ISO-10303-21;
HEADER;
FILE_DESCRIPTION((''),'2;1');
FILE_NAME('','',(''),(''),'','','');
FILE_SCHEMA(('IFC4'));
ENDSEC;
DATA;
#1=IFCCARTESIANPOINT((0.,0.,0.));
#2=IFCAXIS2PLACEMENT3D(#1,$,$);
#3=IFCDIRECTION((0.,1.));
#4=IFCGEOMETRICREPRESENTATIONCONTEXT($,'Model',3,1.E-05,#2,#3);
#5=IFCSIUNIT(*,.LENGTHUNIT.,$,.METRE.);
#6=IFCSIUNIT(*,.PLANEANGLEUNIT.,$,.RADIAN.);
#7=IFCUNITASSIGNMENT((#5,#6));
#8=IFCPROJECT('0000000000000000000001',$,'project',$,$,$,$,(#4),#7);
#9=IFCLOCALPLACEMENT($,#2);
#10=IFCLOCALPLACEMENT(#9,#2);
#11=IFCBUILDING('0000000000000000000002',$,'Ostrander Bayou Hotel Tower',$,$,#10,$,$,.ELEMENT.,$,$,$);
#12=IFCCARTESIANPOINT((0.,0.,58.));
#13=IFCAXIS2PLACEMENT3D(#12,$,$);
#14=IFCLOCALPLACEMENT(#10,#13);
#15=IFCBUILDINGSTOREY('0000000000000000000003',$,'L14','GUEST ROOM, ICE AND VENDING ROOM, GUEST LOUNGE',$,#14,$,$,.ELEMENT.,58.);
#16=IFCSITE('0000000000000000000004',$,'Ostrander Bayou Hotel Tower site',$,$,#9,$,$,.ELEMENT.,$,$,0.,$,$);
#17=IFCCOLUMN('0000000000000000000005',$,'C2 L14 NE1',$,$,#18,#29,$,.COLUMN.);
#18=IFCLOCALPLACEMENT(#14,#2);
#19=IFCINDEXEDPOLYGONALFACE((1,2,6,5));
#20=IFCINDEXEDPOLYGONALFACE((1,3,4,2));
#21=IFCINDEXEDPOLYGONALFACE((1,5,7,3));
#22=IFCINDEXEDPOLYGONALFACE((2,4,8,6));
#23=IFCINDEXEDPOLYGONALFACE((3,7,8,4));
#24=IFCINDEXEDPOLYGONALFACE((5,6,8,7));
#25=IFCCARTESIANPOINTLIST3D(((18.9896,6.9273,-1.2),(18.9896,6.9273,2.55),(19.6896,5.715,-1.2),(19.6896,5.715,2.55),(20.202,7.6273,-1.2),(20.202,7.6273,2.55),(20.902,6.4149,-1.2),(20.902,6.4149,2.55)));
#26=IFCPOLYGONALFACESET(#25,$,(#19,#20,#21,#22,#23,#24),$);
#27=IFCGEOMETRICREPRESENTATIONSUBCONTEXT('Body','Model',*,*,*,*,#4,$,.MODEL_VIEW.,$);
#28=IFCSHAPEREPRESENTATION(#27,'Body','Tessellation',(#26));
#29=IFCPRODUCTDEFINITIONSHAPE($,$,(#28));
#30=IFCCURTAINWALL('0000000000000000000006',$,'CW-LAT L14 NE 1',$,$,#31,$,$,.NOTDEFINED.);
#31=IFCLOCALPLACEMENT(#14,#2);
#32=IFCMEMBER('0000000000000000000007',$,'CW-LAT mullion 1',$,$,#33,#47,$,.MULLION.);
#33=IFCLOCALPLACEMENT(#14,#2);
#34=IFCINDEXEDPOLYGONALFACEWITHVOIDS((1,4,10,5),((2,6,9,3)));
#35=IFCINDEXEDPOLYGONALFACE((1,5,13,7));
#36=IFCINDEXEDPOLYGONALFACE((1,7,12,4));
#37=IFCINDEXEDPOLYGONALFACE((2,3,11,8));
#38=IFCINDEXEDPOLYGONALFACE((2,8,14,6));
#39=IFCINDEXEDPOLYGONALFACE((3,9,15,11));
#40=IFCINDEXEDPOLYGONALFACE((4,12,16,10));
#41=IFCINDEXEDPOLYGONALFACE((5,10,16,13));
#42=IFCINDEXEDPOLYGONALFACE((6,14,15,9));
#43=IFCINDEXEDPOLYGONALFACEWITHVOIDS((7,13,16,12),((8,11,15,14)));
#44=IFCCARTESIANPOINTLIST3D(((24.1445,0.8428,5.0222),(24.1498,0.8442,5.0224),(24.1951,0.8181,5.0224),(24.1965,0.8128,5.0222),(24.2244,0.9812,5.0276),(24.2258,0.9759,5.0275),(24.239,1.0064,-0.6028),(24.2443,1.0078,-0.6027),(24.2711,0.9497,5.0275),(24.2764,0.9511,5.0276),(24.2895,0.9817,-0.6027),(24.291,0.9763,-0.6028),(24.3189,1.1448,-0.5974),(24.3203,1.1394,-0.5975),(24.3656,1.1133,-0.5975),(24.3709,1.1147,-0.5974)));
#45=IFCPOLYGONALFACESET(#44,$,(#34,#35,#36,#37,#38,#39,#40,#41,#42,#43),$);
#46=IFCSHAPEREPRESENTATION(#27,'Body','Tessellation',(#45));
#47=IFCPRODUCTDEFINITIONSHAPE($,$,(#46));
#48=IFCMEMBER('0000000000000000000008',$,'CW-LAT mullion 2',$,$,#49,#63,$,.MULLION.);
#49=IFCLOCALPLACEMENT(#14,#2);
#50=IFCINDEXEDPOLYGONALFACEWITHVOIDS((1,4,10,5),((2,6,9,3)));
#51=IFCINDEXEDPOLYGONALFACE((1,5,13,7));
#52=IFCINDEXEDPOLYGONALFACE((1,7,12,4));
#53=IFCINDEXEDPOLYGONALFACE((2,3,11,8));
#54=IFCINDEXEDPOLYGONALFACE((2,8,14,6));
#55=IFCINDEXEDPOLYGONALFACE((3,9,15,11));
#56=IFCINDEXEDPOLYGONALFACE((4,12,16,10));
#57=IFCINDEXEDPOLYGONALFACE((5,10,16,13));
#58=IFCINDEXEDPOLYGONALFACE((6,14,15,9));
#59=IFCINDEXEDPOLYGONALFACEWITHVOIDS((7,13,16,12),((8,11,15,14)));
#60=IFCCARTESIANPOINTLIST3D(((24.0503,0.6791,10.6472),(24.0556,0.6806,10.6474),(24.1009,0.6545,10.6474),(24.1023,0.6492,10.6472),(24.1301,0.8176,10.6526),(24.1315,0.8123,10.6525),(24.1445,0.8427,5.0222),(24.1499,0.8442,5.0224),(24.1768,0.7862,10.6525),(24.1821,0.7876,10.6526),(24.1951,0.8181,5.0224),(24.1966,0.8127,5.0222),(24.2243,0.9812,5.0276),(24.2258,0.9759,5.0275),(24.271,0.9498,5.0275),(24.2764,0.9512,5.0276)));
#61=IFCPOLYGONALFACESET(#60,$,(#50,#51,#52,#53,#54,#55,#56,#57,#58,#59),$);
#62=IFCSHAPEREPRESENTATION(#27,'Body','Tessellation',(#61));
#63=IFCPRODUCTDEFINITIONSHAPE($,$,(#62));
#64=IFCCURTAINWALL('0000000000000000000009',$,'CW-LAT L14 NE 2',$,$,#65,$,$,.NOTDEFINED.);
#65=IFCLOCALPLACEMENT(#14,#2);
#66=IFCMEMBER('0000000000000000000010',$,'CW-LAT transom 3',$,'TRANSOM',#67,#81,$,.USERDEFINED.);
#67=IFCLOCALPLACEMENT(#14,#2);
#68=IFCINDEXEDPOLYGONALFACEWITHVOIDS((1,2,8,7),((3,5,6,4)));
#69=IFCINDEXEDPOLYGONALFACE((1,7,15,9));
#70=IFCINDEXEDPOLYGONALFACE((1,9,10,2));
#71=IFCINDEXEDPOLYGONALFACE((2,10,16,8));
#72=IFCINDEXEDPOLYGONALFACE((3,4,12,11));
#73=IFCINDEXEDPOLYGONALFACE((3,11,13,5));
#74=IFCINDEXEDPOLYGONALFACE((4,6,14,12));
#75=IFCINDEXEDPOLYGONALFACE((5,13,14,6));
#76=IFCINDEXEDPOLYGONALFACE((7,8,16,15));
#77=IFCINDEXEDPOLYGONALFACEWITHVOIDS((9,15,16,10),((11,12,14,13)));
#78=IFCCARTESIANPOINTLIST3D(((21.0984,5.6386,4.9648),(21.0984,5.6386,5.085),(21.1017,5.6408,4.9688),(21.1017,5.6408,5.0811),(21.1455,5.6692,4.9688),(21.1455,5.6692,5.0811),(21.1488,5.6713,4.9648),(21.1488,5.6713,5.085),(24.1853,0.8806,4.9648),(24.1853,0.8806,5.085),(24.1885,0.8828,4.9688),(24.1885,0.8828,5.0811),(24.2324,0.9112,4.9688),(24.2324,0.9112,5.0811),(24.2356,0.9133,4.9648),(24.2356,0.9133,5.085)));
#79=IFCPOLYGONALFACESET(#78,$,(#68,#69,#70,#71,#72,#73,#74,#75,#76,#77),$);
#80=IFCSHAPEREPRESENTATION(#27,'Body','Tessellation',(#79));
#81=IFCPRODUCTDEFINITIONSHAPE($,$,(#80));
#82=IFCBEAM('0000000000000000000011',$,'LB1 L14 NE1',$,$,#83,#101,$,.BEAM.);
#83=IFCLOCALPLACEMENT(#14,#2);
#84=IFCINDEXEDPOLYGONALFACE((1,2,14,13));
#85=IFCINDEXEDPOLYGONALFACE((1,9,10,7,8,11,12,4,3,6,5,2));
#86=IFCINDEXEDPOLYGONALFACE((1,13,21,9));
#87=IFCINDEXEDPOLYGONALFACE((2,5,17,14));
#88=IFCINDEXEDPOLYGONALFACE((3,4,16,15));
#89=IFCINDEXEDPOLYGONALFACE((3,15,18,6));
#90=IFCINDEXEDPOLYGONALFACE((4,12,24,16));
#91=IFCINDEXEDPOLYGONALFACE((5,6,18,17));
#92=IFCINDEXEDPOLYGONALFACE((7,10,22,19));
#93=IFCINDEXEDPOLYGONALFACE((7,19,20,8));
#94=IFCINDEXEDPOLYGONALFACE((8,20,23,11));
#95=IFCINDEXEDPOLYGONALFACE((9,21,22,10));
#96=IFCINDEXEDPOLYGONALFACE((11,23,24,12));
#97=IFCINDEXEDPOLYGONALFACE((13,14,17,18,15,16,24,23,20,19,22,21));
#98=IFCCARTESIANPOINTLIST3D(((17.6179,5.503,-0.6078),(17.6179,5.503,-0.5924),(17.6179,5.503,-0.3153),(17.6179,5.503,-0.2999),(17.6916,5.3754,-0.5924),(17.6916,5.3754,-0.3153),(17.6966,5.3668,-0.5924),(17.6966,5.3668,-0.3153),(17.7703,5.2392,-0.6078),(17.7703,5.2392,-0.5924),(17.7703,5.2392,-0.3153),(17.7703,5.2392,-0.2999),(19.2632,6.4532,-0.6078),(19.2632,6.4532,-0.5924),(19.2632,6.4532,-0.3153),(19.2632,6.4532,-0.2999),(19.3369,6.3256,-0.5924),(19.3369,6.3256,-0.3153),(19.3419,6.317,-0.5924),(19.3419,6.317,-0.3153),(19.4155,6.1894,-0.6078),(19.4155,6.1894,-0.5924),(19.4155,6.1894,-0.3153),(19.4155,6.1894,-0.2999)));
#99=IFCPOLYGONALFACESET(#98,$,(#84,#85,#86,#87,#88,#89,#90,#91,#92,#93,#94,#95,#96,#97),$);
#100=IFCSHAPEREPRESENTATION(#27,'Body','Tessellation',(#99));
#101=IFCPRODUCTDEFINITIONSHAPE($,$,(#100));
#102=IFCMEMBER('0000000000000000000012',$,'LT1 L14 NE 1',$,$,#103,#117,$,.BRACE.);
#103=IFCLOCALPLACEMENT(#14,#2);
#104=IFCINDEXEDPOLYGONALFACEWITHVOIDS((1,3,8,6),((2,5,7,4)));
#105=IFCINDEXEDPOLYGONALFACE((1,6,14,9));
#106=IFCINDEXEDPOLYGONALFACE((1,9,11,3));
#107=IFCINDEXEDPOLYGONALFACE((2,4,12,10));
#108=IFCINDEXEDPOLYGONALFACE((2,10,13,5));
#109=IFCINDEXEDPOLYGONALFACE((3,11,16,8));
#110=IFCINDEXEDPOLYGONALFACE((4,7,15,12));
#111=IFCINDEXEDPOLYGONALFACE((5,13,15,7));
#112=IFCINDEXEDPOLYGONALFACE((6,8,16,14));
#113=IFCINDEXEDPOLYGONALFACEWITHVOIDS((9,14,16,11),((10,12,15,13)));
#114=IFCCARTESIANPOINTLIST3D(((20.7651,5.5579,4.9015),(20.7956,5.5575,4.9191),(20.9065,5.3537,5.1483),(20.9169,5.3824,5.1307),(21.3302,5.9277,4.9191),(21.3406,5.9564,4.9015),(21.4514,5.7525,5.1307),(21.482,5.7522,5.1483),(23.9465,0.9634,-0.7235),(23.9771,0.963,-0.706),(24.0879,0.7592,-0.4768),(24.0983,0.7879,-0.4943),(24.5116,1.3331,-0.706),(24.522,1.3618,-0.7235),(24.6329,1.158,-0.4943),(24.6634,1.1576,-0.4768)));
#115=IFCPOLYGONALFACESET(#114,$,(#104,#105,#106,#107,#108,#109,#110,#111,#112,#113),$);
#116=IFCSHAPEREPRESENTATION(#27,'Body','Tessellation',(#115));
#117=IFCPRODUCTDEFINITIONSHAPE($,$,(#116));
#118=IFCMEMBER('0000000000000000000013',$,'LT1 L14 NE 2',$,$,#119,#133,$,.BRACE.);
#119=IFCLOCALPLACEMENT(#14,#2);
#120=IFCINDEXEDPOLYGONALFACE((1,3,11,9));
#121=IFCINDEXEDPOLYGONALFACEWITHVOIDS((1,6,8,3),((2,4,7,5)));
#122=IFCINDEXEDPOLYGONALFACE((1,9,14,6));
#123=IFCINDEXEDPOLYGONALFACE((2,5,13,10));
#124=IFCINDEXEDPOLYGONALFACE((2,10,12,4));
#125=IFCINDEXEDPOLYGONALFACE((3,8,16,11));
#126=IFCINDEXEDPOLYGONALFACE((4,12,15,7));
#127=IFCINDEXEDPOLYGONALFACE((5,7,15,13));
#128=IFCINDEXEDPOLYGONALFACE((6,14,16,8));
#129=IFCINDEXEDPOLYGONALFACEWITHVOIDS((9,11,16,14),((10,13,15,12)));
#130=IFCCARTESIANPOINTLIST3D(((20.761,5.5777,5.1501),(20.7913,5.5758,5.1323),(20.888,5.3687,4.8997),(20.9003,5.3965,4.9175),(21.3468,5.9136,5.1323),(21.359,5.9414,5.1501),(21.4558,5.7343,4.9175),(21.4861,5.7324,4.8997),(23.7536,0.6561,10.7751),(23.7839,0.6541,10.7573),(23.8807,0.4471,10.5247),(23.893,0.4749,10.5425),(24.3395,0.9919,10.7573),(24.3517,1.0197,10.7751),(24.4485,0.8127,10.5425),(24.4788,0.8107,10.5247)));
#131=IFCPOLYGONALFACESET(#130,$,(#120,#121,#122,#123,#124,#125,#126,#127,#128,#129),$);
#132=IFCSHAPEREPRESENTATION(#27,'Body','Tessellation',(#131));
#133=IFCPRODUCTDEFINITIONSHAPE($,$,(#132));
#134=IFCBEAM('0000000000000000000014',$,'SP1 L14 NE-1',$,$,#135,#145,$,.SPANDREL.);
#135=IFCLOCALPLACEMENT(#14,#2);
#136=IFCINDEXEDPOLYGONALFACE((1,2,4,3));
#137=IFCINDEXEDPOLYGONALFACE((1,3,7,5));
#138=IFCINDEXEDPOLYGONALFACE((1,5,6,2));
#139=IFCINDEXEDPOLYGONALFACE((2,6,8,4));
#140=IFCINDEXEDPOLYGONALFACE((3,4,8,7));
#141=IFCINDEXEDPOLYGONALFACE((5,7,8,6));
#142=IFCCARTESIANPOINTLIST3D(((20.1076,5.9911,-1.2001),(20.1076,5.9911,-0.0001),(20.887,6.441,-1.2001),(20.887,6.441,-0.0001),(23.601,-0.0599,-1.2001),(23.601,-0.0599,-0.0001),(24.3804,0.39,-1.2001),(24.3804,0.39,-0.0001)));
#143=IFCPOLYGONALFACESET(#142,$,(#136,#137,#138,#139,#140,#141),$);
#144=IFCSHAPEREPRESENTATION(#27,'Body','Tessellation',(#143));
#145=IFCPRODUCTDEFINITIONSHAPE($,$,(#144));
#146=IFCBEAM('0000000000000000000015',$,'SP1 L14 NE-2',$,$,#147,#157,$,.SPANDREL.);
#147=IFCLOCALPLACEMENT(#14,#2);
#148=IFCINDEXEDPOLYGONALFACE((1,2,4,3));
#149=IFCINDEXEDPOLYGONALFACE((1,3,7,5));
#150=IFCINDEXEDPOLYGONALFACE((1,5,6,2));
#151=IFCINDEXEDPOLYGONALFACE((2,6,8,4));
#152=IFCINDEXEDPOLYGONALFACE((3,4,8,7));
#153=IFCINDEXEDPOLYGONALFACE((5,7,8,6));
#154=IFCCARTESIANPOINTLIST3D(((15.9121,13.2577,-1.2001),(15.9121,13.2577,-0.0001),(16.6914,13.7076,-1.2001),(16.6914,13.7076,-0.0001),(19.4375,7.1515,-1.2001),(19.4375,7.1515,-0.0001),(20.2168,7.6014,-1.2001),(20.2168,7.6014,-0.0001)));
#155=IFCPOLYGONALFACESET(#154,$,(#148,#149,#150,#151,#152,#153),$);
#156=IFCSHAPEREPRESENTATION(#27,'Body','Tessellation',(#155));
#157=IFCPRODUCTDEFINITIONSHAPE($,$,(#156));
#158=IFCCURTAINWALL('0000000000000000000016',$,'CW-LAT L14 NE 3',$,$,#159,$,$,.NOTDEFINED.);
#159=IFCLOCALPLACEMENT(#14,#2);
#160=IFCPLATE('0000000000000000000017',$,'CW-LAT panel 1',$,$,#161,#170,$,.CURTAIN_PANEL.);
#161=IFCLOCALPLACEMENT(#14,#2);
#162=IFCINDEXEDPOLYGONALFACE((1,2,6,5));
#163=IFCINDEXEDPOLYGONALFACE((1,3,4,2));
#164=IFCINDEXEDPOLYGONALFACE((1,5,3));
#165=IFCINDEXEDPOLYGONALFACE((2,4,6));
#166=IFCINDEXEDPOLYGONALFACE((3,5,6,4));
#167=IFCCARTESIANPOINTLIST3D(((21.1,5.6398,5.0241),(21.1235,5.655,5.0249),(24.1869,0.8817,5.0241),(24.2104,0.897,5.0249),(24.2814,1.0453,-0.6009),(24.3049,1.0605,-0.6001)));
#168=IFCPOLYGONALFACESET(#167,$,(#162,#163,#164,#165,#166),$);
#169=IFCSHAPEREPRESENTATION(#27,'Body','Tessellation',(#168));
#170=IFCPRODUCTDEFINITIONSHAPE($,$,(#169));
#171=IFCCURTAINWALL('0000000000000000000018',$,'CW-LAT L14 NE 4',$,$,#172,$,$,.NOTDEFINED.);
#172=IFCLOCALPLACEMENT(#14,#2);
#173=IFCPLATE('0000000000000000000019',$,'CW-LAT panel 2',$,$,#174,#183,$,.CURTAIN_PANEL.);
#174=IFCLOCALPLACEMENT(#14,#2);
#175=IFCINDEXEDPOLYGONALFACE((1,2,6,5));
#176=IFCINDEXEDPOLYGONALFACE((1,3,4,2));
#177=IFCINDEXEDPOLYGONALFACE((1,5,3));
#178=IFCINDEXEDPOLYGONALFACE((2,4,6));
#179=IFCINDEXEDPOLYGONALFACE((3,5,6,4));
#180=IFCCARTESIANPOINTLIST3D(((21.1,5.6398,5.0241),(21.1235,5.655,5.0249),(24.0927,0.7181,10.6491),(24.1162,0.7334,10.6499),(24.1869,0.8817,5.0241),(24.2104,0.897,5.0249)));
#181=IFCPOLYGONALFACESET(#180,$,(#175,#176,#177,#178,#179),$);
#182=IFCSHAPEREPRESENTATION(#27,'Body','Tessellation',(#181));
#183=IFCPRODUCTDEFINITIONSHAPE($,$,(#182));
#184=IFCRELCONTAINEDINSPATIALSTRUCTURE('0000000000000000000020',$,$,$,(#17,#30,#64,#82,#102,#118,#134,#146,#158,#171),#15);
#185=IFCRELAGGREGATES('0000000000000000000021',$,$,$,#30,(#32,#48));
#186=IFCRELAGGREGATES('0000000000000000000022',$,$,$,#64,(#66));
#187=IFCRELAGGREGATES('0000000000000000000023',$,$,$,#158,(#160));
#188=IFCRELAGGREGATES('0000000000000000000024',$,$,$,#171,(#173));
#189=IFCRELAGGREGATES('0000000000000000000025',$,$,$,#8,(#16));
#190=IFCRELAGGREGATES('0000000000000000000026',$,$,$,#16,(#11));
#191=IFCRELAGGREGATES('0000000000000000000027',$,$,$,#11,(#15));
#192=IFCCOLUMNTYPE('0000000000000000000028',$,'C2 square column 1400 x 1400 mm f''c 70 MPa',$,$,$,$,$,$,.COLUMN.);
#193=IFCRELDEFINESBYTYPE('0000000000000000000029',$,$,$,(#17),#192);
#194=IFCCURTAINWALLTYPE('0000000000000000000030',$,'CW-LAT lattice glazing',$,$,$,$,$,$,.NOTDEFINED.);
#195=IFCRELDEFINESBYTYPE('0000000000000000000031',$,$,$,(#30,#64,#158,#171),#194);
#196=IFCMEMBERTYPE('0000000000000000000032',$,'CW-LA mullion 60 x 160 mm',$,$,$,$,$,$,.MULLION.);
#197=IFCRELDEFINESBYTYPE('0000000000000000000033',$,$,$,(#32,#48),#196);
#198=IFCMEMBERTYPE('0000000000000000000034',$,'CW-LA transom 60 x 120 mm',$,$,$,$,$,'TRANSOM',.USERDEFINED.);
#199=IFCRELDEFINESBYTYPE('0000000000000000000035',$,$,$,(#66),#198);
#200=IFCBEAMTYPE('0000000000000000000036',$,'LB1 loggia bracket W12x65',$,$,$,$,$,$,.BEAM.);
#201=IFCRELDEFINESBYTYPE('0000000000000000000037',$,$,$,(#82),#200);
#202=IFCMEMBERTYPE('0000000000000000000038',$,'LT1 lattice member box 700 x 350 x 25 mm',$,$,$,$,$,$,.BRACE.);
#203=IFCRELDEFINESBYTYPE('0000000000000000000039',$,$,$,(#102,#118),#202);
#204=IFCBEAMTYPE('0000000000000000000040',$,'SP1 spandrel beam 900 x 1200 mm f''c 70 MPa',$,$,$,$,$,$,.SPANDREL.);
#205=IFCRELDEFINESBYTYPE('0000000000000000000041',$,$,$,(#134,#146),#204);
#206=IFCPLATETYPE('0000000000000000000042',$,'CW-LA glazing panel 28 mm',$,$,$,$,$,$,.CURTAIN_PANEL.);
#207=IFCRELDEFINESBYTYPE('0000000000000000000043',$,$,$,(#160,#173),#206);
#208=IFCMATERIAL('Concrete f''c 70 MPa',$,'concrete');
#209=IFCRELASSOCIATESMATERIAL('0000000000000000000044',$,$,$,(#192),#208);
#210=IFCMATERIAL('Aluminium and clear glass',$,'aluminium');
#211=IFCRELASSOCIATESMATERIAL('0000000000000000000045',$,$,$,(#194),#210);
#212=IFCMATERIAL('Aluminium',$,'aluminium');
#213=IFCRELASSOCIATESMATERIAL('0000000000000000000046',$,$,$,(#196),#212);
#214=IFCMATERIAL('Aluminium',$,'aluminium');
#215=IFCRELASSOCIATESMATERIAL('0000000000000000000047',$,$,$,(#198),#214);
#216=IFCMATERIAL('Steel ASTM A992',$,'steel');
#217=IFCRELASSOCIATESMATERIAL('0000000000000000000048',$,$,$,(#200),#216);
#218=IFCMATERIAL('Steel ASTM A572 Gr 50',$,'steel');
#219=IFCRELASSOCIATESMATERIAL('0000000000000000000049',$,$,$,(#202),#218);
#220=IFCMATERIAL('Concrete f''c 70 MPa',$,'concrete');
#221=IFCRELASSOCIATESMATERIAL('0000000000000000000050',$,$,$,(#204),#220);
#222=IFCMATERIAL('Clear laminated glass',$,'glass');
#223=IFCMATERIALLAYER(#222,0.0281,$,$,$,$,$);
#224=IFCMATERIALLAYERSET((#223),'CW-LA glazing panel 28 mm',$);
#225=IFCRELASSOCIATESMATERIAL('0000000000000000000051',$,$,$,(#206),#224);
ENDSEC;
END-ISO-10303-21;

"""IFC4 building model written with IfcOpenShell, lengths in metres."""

from ifc_helpers import new_model, si_unit, direction, frame, origin, origin_2d, place, context, subcontext, project, spatial, polyline, rectangle, hollow_rectangle, i_section, outline, extrude, material, layer, layer_set, material_profile, profile_set, type_object, element, aggregate, save


model = new_model("IFC4")

# Units and contexts
model_context = context("Model", 3, precision=1e-05, world=origin(), true_north=direction((0.0, 1.0)))
body_context = subcontext(model_context, "Body", "Model", "MODEL_VIEW")
ifc_project = project(units=[si_unit("LENGTHUNIT", "METRE"), si_unit("PLANEANGLEUNIT", "RADIAN")], contexts=[model_context])

# Site, building, storey
site_placement = place(None, origin())
site = spatial("IfcSite", under=ifc_project, at=site_placement, Name="Ostrander Bayou Hotel Tower site", CompositionType="ELEMENT", RefElevation=0.0)
building_placement = place(site_placement, origin())
building = spatial("IfcBuilding", under=site, at=building_placement, Name="Ostrander Bayou Hotel Tower", CompositionType="ELEMENT")
storey_placement = place(building_placement, frame((0.0, 0.0, 58.0)))
storey = spatial("IfcBuildingStorey", under=building, at=storey_placement, Name="L14", Description="GUEST ROOM, ICE AND VENDING ROOM, GUEST LOUNGE", CompositionType="ELEMENT", Elevation=58.0)

# Column
ifc_material_1 = material(Name="Concrete f'c 70 MPa", Category="concrete")
ifc_material_profile_1 = material_profile(ifc_material_1, rectangle(XDim=1.3999, YDim=1.3999, at=origin_2d()))
ifc_profile_set_1 = profile_set([ifc_material_profile_1], Name="Concrete f'c 70 MPa")
column_type = type_object("IfcColumnType", Name="C2 square column 1400 x 1400 mm f'c 70 MPa", PredefinedType="COLUMN", material=ifc_profile_set_1)
column_placement = place(storey_placement, frame((19.9458, 6.6711, -1.2), z_axis=(0.0, 0.0, 1.0), x_axis=(0.5, -0.866025, 0.0)))
element("IfcColumn", 1, at=column_placement, inside=storey, type_object=column_type, Name="C2 L14 NE1", PredefinedType="COLUMN", context=body_context, shape_type="SweptSolid", body=[
    extrude(rectangle(XDim=1.3999, YDim=1.3999, at=origin_2d()), origin(), (0.0, 0.0, 1.0), 3.75),
])

# Curtain wall, members
ifc_material_2 = material(Name="Aluminium and clear glass", Category="aluminium")
curtain_wall_type = type_object("IfcCurtainWallType", Name="CW-LAT lattice glazing", PredefinedType="NOTDEFINED", material=ifc_material_2)
curtain_wall_1_placement = place(storey_placement, origin())
curtain_wall_1 = element("IfcCurtainWall", 2, at=curtain_wall_1_placement, inside=storey, type_object=curtain_wall_type, Name="CW-LAT L14 NE 1", PredefinedType="NOTDEFINED")
ifc_material_3 = material(Name="Aluminium", Category="aluminium")
ifc_material_profile_2 = material_profile(ifc_material_3, hollow_rectangle(XDim=0.0601, YDim=0.1599, WallThickness=0.0039, at=origin_2d()))
ifc_profile_set_2 = profile_set([ifc_material_profile_2], Name="Aluminium")
member_type_1 = type_object("IfcMemberType", Name="CW-LA mullion 60 x 160 mm", PredefinedType="MULLION", material=ifc_profile_set_2)
member_1_placement = place(storey_placement, frame((24.3049, 1.0605, -0.6001), z_axis=(-0.016787, -0.029063, 0.999437), x_axis=(0.865927, -0.50017, 0.0)))
member_1 = element("IfcMember", 3, at=member_1_placement, type_object=member_type_1, Name="CW-LAT mullion 1", PredefinedType="MULLION", context=body_context, shape_type="SweptSolid", body=[
    extrude(hollow_rectangle(XDim=0.0601, YDim=0.1599, WallThickness=0.0039, at=origin_2d()), origin(), (0.0, 0.0, 1.0), 5.6282),
])
member_2_placement = place(storey_placement, frame((24.2104, 0.897, 5.0249), z_axis=(-0.016744, -0.029063, 0.999437), x_axis=(0.866487, -0.4992, 0.0)))
member_2 = element("IfcMember", 4, at=member_2_placement, type_object=member_type_1, Name="CW-LAT mullion 2", PredefinedType="MULLION", context=body_context, shape_type="SweptSolid", body=[
    extrude(hollow_rectangle(XDim=0.0601, YDim=0.1599, WallThickness=0.0039, at=origin_2d()), origin(), (0.0, 0.0, 1.0), 5.6282),
])
aggregate(curtain_wall_1, [member_1, member_2])

# Curtain wall, member
curtain_wall_2_placement = place(storey_placement, origin())
curtain_wall_2 = element("IfcCurtainWall", 5, at=curtain_wall_2_placement, inside=storey, type_object=curtain_wall_type, Name="CW-LAT L14 NE 2", PredefinedType="NOTDEFINED")
ifc_material_4 = material(Name="Aluminium", Category="aluminium")
ifc_material_profile_3 = material_profile(ifc_material_4, hollow_rectangle(XDim=0.0601, YDim=0.1201, WallThickness=0.0039, at=origin_2d()))
ifc_profile_set_3 = profile_set([ifc_material_profile_3], Name="Aluminium")
member_type_2 = type_object("IfcMemberType", Name="CW-LA transom 60 x 120 mm", ElementType="TRANSOM", PredefinedType="USERDEFINED", material=ifc_profile_set_3)
member_3_placement = place(storey_placement, frame((24.2104, 0.897, 5.0249), z_axis=(-0.544266, 0.838912, 0.0), x_axis=(-0.838912, -0.544266, 0.0)))
member_3 = element("IfcMember", 6, at=member_3_placement, type_object=member_type_2, Name="CW-LAT transom 3", ObjectType="TRANSOM", PredefinedType="USERDEFINED", context=body_context, shape_type="SweptSolid", body=[
    extrude(hollow_rectangle(XDim=0.0601, YDim=0.1201, WallThickness=0.0039, at=origin_2d()), origin(), (0.0, 0.0, 1.0), 5.6716),
])
aggregate(curtain_wall_2, [member_3])

# Beam
ifc_material_5 = material(Name="Steel ASTM A992", Category="steel")
ifc_material_profile_4 = material_profile(ifc_material_5, i_section(OverallWidth=0.3047, OverallDepth=0.3079, WebThickness=0.01, FlangeThickness=0.0154, at=origin_2d()))
ifc_profile_set_4 = profile_set([ifc_material_profile_4], Name="Steel ASTM A992")
beam_type_1 = type_object("IfcBeamType", Name="LB1 loggia bracket W12x65", PredefinedType="BEAM", material=ifc_profile_set_4)
beam_1_placement = place(storey_placement, frame((19.3394, 6.3213, -0.4539), z_axis=(-0.865957, -0.500119, 0.0), x_axis=(0.500119, -0.865957, 0.0)))
element("IfcBeam", 7, at=beam_1_placement, inside=storey, type_object=beam_type_1, Name="LB1 L14 NE1", PredefinedType="BEAM", context=body_context, shape_type="SweptSolid", body=[
    extrude(i_section(OverallWidth=0.3047, OverallDepth=0.3079, WebThickness=0.01, FlangeThickness=0.0154, at=origin_2d()), origin(), (0.0, 0.0, 1.0), 1.8999),
])

# Members
ifc_material_6 = material(Name="Steel ASTM A572 Gr 50", Category="steel")
ifc_material_profile_5 = material_profile(ifc_material_6, hollow_rectangle(XDim=0.7, YDim=0.3501, WallThickness=0.0249, at=origin_2d()))
ifc_profile_set_5 = profile_set([ifc_material_profile_5], Name="Steel ASTM A572 Gr 50")
member_type_3 = type_object("IfcMemberType", Name="LT1 lattice member box 700 x 350 x 25 mm", PredefinedType="BRACE", material=ifc_profile_set_5)
member_4_placement = place(storey_placement, frame((21.1235, 5.655, 5.0249), z_axis=(0.401229, -0.579443, -0.709409), x_axis=(0.822142, 0.569283, 0.0)))
element("IfcMember", 8, at=member_4_placement, inside=storey, type_object=member_type_3, Name="LT1 L14 NE 1", PredefinedType="BRACE", context=body_context, shape_type="SweptSolid", body=[
    extrude(hollow_rectangle(XDim=0.7, YDim=0.3501, WallThickness=0.0249, at=origin_2d()), origin(), (0.0, 0.0, 1.0), 7.9292),
])
member_5_placement = place(storey_placement, frame((21.1235, 5.655, 5.0249), z_axis=(0.371713, -0.611304, 0.698668), x_axis=(0.854437, 0.519554, 0.0)))
element("IfcMember", 9, at=member_5_placement, inside=storey, type_object=member_type_3, Name="LT1 L14 NE 2", PredefinedType="BRACE", context=body_context, shape_type="SweptSolid", body=[
    extrude(hollow_rectangle(XDim=0.7, YDim=0.3501, WallThickness=0.0249, at=origin_2d()), origin(), (0.0, 0.0, 1.0), 8.051),
])

# Beams
ifc_material_7 = material(Name="Concrete f'c 70 MPa", Category="concrete")
ifc_material_profile_6 = material_profile(ifc_material_7, rectangle(XDim=0.8999, YDim=1.2, at=origin_2d()))
ifc_profile_set_6 = profile_set([ifc_material_profile_6], Name="Concrete f'c 70 MPa")
beam_type_2 = type_object("IfcBeamType", Name="SP1 spandrel beam 900 x 1200 mm f'c 70 MPa", PredefinedType="SPANDREL", material=ifc_profile_set_6)
beam_2_placement = place(storey_placement, frame((23.9907, 0.165, -0.6001), z_axis=(-0.499984, 0.866035, 0.0), x_axis=(-0.866035, -0.499984, 0.0)))
element("IfcBeam", 10, at=beam_2_placement, inside=storey, type_object=beam_type_2, Name="SP1 L14 NE-1", PredefinedType="SPANDREL", context=body_context, shape_type="SweptSolid", body=[
    extrude(rectangle(XDim=0.8999, YDim=1.2, at=origin_2d()), origin(), (0.0, 0.0, 1.0), 6.9871),
])
beam_3_placement = place(storey_placement, frame((19.8271, 7.3765, -0.6001), z_axis=(-0.499997, 0.866027, 0.0), x_axis=(-0.866027, -0.499997, 0.0)))
element("IfcBeam", 11, at=beam_3_placement, inside=storey, type_object=beam_type_2, Name="SP1 L14 NE-2", PredefinedType="SPANDREL", context=body_context, shape_type="SweptSolid", body=[
    extrude(rectangle(XDim=0.8999, YDim=1.2, at=origin_2d()), origin(), (0.0, 0.0, 1.0), 7.0508),
])

# Curtain walls, plates
curtain_wall_3_placement = place(storey_placement, origin())
curtain_wall_3 = element("IfcCurtainWall", 12, at=curtain_wall_3_placement, inside=storey, type_object=curtain_wall_type, Name="CW-LAT L14 NE 3", PredefinedType="NOTDEFINED")
ifc_material_8 = material(Name="Clear laminated glass", Category="glass")
ifc_layer_1 = layer(ifc_material_8, 0.0281)
ifc_layer_set_1 = layer_set([ifc_layer_1], Name="CW-LA glazing panel 28 mm")
plate_type = type_object("IfcPlateType", Name="CW-LA glazing panel 28 mm", PredefinedType="CURTAIN_PANEL", material=ifc_layer_set_1)
plate_1_placement = place(storey_placement, frame((21.1235, 5.655, 5.0249), z_axis=(0.838537, 0.544023, 0.029905), x_axis=(0.401229, -0.579443, -0.709409)))
plate_1 = element("IfcPlate", 13, at=plate_1_placement, type_object=plate_type, Name="CW-LAT panel 1", PredefinedType="CURTAIN_PANEL", context=body_context, shape_type="SweptSolid", body=[
    extrude(outline(polyline([(0.0, 0.0), (7.9291, 0.0), (3.9956, -4.0254), (0.0, 0.0)])), origin(), (0.0, 0.0, -1.0), 0.0281),
])
aggregate(curtain_wall_3, [plate_1])
curtain_wall_4_placement = place(storey_placement, origin())
curtain_wall_4 = element("IfcCurtainWall", 14, at=curtain_wall_4_placement, inside=storey, type_object=curtain_wall_type, Name="CW-LAT L14 NE 4", PredefinedType="NOTDEFINED")
plate_2_placement = place(storey_placement, frame((21.1235, 5.655, 5.0249), z_axis=(0.838538, 0.544024, 0.029869), x_axis=(0.371713, -0.611304, 0.698668)))
plate_2 = element("IfcPlate", 15, at=plate_2_placement, type_object=plate_type, Name="CW-LAT panel 2", PredefinedType="CURTAIN_PANEL", context=body_context, shape_type="SweptSolid", body=[
    extrude(outline(polyline([(0.0, 0.0), (8.051, 0.0), (4.0561, 3.9644), (0.0, 0.0)])), origin(), (0.0, 0.0, -1.0), 0.0281),
])
aggregate(curtain_wall_4, [plate_2])

save(model, "model.ifc")
